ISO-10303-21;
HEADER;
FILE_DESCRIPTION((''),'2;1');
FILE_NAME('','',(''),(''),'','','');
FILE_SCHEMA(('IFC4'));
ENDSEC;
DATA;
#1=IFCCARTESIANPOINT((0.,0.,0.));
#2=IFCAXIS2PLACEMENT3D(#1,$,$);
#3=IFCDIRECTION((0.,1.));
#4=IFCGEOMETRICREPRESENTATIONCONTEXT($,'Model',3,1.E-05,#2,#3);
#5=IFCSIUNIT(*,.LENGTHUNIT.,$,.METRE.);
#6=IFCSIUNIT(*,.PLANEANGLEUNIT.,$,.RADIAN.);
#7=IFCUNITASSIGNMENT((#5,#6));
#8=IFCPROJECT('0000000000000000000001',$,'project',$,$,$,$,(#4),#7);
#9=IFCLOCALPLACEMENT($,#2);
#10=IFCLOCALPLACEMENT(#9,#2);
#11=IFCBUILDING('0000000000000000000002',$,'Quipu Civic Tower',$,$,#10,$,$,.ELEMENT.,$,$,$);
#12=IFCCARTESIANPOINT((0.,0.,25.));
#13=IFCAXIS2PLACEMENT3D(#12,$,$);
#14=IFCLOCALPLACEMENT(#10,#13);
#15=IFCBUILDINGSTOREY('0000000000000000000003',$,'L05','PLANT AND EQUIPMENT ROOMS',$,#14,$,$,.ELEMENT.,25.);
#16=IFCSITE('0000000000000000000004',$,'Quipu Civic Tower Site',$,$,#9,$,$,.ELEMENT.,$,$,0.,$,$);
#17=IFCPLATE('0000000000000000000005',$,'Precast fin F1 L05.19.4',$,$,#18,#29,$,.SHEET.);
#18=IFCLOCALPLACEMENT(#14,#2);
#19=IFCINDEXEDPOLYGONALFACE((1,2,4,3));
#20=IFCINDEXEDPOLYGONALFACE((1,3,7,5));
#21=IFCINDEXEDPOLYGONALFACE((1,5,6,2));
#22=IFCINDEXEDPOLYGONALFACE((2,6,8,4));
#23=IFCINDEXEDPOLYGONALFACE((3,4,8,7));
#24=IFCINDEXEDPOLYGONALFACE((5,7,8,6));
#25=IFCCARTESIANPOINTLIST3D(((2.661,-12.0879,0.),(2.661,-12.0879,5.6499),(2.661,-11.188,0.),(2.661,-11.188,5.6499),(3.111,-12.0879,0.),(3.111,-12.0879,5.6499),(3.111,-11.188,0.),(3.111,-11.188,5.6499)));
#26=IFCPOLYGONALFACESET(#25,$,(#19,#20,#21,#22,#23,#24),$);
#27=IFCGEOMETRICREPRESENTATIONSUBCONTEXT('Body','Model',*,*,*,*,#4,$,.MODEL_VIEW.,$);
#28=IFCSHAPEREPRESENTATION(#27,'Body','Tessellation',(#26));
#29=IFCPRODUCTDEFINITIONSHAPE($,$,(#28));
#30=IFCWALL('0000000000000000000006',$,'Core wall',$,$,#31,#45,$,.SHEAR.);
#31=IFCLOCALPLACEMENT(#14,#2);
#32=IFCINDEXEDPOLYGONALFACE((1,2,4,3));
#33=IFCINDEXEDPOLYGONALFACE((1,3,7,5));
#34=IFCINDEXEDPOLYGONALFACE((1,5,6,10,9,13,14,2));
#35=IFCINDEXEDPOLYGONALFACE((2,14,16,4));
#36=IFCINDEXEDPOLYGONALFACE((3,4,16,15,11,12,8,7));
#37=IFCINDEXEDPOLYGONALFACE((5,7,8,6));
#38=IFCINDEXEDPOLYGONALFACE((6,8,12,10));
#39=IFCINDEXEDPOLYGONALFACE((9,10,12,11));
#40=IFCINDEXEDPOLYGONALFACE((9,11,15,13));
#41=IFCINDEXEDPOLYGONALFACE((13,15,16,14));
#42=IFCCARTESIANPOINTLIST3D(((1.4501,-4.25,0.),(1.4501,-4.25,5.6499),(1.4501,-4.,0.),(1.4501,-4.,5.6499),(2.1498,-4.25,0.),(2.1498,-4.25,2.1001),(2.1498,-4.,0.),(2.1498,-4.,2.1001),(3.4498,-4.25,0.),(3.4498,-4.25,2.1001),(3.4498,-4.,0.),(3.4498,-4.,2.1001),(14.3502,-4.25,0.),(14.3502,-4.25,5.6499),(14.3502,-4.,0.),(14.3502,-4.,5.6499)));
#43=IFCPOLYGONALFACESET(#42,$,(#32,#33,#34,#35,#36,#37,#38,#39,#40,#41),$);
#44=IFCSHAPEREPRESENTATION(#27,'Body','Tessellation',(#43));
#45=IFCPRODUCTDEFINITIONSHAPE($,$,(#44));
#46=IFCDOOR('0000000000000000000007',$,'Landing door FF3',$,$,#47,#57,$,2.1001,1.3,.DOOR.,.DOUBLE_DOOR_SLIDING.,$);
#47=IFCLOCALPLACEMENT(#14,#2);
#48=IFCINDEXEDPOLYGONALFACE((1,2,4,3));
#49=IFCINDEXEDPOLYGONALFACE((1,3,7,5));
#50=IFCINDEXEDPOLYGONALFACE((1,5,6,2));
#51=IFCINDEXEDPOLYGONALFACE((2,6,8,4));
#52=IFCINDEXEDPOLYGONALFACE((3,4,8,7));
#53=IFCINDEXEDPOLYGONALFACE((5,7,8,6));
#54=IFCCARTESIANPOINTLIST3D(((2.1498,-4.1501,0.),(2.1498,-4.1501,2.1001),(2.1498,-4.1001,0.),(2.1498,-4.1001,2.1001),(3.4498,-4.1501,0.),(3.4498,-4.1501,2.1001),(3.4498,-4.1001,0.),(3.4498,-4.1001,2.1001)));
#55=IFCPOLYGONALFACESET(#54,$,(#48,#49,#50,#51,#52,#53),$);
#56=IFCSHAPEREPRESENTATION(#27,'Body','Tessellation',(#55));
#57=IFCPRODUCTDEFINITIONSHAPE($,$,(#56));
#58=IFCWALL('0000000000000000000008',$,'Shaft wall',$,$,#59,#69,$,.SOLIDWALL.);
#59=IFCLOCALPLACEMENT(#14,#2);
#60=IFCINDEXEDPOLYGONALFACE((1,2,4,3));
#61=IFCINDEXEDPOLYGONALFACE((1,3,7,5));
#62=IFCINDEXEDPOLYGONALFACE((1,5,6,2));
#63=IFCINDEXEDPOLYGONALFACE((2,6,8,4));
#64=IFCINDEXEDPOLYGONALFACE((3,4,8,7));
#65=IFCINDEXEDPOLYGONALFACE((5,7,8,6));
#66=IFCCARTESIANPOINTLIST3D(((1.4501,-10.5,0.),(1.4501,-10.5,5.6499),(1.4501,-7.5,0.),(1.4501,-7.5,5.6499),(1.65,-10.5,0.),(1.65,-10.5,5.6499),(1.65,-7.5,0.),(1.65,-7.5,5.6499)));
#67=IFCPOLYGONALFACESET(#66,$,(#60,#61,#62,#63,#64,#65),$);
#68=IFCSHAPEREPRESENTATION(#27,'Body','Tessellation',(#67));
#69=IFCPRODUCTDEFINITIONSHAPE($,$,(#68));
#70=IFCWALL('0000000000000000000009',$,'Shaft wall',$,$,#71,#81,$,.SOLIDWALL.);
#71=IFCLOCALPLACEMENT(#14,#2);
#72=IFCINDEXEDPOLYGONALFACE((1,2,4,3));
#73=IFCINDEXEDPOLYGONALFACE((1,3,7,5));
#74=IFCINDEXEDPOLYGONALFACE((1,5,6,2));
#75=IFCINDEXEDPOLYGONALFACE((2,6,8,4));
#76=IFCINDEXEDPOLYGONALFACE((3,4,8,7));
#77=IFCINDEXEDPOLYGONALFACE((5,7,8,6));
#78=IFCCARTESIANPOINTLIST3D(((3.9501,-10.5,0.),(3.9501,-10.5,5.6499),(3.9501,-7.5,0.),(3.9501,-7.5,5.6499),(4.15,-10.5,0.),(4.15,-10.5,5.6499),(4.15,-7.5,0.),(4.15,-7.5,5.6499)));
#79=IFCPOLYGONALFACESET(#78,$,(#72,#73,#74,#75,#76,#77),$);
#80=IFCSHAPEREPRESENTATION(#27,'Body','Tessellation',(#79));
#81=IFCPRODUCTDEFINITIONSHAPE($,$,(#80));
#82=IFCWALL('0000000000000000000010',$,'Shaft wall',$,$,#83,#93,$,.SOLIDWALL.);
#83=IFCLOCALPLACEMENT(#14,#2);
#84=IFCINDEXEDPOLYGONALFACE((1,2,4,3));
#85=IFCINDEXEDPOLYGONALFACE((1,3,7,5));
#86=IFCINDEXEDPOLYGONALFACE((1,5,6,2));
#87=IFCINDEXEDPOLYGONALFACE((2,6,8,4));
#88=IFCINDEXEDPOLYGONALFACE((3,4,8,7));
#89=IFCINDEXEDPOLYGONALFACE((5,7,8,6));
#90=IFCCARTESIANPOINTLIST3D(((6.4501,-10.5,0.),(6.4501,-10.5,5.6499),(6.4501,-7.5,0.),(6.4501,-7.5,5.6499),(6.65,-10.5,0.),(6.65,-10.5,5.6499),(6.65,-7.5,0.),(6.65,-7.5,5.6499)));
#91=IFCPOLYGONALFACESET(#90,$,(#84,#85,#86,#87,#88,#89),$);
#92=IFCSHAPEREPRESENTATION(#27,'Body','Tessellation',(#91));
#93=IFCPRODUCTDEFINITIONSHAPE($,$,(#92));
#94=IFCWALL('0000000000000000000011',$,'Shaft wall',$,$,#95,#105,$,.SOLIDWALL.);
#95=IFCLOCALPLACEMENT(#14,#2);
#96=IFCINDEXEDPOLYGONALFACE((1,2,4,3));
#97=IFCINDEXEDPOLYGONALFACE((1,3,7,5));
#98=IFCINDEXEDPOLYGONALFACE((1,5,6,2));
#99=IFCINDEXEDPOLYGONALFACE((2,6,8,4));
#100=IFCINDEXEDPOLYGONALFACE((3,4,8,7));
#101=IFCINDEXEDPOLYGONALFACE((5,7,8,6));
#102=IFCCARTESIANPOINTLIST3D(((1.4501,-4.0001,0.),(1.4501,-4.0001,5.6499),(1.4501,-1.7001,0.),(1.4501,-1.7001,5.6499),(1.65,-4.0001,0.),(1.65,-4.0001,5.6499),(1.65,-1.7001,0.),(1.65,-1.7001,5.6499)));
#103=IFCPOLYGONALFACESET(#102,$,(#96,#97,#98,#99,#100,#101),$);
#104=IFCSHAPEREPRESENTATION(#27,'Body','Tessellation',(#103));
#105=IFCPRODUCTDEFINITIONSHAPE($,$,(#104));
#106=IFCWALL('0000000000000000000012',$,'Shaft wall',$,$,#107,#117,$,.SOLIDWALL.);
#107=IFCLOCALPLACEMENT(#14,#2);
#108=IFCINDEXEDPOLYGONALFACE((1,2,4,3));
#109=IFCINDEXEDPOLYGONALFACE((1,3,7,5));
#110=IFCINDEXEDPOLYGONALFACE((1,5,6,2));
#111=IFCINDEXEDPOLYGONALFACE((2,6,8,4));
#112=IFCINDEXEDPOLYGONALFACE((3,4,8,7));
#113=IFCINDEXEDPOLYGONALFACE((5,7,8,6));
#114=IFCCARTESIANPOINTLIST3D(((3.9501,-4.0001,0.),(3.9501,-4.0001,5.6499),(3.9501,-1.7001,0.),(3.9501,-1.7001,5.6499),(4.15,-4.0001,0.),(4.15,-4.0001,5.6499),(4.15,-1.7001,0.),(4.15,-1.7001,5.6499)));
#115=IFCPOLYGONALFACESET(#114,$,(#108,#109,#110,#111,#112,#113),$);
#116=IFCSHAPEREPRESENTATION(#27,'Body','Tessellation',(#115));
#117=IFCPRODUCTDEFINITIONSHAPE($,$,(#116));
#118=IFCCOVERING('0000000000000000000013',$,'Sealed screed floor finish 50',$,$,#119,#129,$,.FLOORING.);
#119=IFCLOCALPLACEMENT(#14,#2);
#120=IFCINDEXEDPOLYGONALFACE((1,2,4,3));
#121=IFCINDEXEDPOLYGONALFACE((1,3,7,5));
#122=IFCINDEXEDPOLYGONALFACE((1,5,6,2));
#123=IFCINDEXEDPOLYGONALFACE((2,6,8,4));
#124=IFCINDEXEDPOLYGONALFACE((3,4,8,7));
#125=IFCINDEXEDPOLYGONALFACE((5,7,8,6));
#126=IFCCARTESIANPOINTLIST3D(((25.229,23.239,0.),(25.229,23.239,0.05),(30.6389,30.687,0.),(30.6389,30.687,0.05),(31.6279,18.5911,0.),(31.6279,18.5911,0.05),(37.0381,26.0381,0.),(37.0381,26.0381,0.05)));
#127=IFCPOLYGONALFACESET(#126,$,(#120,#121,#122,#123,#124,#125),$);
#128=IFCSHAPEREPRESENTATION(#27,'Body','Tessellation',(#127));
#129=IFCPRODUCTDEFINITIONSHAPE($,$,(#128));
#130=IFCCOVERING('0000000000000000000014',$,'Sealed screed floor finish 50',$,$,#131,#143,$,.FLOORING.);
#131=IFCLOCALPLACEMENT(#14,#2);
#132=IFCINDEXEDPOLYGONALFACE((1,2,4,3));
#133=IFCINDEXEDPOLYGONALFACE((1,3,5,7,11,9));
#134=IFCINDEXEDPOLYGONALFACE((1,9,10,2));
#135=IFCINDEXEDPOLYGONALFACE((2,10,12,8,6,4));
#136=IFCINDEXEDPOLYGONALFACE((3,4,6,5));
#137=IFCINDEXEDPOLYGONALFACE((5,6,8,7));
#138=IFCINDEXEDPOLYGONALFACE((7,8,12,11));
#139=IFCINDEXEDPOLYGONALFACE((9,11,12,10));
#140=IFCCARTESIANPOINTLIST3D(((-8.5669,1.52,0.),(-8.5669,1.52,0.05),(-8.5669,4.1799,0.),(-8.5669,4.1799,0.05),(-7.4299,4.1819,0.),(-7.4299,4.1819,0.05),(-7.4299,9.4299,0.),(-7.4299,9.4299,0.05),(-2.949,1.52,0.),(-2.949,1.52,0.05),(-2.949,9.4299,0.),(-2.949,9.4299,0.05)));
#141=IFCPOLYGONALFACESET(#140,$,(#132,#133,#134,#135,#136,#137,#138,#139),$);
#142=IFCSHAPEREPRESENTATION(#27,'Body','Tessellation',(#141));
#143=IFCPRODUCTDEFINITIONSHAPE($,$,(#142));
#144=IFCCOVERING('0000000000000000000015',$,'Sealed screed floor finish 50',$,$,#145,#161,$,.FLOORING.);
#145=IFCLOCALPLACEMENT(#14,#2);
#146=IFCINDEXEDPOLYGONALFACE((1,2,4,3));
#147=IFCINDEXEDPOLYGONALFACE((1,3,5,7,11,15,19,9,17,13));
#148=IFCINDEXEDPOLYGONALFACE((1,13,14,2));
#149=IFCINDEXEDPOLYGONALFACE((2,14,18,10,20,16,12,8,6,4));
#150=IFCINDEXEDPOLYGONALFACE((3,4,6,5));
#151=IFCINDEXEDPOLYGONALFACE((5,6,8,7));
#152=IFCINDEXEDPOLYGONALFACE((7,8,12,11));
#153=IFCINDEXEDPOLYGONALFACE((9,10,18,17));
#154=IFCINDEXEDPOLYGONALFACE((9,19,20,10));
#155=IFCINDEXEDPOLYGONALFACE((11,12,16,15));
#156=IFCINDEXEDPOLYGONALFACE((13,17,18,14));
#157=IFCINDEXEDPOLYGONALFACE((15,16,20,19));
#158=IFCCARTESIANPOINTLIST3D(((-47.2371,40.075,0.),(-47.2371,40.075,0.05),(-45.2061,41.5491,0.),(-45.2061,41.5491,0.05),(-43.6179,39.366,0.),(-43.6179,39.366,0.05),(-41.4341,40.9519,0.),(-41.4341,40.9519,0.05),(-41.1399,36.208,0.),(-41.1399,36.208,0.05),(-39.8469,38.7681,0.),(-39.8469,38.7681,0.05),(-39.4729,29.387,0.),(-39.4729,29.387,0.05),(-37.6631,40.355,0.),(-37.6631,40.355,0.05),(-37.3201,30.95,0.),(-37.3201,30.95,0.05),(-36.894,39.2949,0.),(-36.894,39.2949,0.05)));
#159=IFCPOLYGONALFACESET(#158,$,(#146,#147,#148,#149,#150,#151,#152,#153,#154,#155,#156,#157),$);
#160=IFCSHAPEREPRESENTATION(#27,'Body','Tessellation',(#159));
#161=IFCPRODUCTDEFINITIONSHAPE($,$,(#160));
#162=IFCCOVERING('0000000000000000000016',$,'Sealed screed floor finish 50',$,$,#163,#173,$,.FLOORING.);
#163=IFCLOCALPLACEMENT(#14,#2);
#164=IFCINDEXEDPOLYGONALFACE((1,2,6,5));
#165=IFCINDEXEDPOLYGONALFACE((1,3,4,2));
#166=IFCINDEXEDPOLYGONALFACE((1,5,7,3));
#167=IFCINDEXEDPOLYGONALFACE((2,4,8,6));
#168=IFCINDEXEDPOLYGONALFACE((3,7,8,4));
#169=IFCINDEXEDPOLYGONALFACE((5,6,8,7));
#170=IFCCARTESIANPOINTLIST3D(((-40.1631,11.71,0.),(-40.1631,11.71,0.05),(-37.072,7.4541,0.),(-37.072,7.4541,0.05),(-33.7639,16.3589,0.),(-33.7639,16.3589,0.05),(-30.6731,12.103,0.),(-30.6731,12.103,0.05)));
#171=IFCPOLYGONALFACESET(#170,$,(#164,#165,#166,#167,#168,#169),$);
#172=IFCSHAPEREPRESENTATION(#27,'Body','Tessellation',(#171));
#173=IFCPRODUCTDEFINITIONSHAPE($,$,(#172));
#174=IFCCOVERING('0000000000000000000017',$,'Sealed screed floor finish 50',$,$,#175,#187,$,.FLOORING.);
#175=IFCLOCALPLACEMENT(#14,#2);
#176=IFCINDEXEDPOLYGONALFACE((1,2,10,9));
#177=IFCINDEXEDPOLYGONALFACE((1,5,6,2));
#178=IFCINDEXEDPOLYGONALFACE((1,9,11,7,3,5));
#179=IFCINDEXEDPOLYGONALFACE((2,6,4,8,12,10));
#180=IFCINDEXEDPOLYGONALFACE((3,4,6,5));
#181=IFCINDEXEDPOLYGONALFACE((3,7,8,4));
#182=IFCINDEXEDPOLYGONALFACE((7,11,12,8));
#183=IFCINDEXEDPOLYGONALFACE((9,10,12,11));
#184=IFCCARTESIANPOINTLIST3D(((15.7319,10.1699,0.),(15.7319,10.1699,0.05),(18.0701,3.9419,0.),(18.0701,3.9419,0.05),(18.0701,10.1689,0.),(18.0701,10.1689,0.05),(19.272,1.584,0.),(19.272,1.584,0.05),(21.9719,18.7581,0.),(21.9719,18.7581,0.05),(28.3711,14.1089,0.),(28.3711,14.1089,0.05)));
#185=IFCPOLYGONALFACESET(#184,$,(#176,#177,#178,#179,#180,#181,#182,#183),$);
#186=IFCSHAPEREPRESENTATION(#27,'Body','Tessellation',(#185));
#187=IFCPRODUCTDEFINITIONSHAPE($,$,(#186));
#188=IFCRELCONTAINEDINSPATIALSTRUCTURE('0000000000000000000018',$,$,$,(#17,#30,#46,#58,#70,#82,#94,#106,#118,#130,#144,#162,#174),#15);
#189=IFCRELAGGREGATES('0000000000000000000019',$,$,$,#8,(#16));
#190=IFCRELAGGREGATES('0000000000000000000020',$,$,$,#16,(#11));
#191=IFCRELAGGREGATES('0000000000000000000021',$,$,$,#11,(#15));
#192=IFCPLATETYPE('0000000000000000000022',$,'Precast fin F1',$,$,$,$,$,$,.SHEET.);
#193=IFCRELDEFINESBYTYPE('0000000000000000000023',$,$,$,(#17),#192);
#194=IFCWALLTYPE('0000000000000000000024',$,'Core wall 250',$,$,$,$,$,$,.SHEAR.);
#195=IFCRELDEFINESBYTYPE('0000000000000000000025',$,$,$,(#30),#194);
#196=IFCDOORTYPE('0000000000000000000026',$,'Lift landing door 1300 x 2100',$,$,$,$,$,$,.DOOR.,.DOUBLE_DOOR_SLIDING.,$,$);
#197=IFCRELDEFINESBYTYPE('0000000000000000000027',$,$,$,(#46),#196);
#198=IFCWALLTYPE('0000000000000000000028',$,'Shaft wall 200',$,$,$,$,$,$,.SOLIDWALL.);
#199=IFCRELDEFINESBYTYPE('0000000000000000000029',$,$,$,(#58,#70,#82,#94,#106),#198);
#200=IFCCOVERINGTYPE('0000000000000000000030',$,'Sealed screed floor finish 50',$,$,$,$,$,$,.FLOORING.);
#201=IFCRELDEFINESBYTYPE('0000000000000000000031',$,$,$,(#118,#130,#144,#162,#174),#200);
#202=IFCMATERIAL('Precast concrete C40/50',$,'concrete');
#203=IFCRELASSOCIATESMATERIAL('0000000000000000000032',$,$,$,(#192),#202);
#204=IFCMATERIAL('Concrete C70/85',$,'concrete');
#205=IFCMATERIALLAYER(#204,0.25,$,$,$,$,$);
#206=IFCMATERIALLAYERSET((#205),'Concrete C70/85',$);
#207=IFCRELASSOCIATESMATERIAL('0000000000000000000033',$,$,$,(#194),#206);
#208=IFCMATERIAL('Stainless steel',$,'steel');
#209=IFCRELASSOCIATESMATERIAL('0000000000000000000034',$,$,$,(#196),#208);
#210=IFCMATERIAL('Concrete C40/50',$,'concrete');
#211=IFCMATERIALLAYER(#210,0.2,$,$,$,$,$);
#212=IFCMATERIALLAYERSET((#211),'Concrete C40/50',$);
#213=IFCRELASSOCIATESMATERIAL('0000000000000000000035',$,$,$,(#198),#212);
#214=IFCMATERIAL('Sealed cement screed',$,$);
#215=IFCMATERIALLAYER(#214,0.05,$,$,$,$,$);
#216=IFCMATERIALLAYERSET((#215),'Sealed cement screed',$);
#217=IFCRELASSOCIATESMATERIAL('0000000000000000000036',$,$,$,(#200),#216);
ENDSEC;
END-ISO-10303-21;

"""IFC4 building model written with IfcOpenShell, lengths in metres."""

from ifc_helpers import new_model, si_unit, direction, frame, frame_2d, origin, origin_2d, place, context, subcontext, project, spatial, polyline, rectangle, outline, extrude, material, layer, layer_set, type_object, element, fill, save


model = new_model("IFC4")

# Units and contexts
model_context = context("Model", 3, precision=1e-05, world=origin(), true_north=direction((0.0, 1.0)))
body_context = subcontext(model_context, "Body", "Model", "MODEL_VIEW")
ifc_project = project(units=[si_unit("LENGTHUNIT", "METRE"), si_unit("PLANEANGLEUNIT", "RADIAN")], contexts=[model_context])

# Site, building, storey
site_placement = place(None, origin())
site = spatial("IfcSite", under=ifc_project, at=site_placement, Name="Quipu Civic Tower Site", CompositionType="ELEMENT", RefElevation=0.0)
building_placement = place(site_placement, origin())
building = spatial("IfcBuilding", under=site, at=building_placement, Name="Quipu Civic Tower", CompositionType="ELEMENT")
storey_placement = place(building_placement, frame((0.0, 0.0, 25.0)))
storey = spatial("IfcBuildingStorey", under=building, at=storey_placement, Name="L05", Description="PLANT AND EQUIPMENT ROOMS", CompositionType="ELEMENT", Elevation=25.0)

# Plate
ifc_material_1 = material(Name="Precast concrete C40/50", Category="concrete")
plate_type = type_object("IfcPlateType", Name="Precast fin F1", PredefinedType="SHEET", material=ifc_material_1)
plate_placement = place(storey_placement, frame((2.886, -11.6379, 0.0), z_axis=(0.0, 0.0, 1.0), x_axis=(1.0, 0.0, 0.0)))
element("IfcPlate", 1, at=plate_placement, inside=storey, type_object=plate_type, Name="Precast fin F1 L05.19.4", PredefinedType="SHEET", context=body_context, shape_type="SweptSolid", body=[
    extrude(rectangle(XDim=0.45, YDim=0.8999, at=origin_2d()), origin(), (0.0, 0.0, 1.0), 5.6499),
])

# Wall, opening, door
ifc_material_2 = material(Name="Concrete C70/85", Category="concrete")
ifc_layer_1 = layer(ifc_material_2, 0.25)
ifc_layer_set_1 = layer_set([ifc_layer_1], Name="Concrete C70/85")
wall_type_1 = type_object("IfcWallType", Name="Core wall 250", PredefinedType="SHEAR", material=ifc_layer_set_1)
wall_placement = place(storey_placement, frame((1.45, -4.125, 0.0), z_axis=(0.0, 0.0, 1.0), x_axis=(1.0, 0.0, 0.0)))
wall = element("IfcWall", 2, at=wall_placement, inside=storey, type_object=wall_type_1, Name="Core wall", PredefinedType="SHEAR", context=body_context, shape_type="SweptSolid", body=[
    extrude(rectangle(XDim=12.9001, YDim=0.25, at=frame_2d((6.4502, 0.0))), origin(), (0.0, 0.0, 1.0), 5.6499),
])
opening_placement = place(wall_placement, frame((0.7, 0.0, 0.0)))
opening = element("IfcOpeningElement", 3, at=opening_placement, cuts=wall, PredefinedType="OPENING", context=body_context, shape_type="SweptSolid", body=[
    extrude(rectangle(XDim=1.3, YDim=2.1001, at=frame_2d((0.6499, 1.05))), frame((0.0, 0.135, 0.0), z_axis=(0.0, -1.0, 0.0), x_axis=(1.0, 0.0, 0.0)), (0.0, 0.0, 1.0), 0.27),
])
ifc_material_3 = material(Name="Stainless steel", Category="steel")
door_type = type_object("IfcDoorType", Name="Lift landing door 1300 x 2100", OperationType="DOUBLE_DOOR_SLIDING", PredefinedType="DOOR", material=ifc_material_3)
door_placement = place(opening_placement, origin())
door = element("IfcDoor", 4, at=door_placement, inside=storey, type_object=door_type, Name="Landing door FF3", OperationType="DOUBLE_DOOR_SLIDING", OverallHeight=2.1001, OverallWidth=1.3, PredefinedType="DOOR", context=body_context, shape_type="SweptSolid", body=[
    extrude(rectangle(XDim=1.3, YDim=2.1001, at=frame_2d((0.6499, 1.05))), frame((0.0, 0.0249, 0.0), z_axis=(0.0, -1.0, 0.0), x_axis=(1.0, 0.0, 0.0)), (0.0, 0.0, 1.0), 0.05),
])
fill(opening, door)

# Walls
ifc_material_4 = material(Name="Concrete C40/50", Category="concrete")
ifc_layer_2 = layer(ifc_material_4, 0.2)
ifc_layer_set_2 = layer_set([ifc_layer_2], Name="Concrete C40/50")
wall_type_2 = type_object("IfcWallType", Name="Shaft wall 200", PredefinedType="SOLIDWALL", material=ifc_layer_set_2)
for number, where, z_axis, x_axis, name in (
    (5, (1.55, -10.5, 0.0), (0.0, 0.0, 1.0), (0.0, 1.0, 0.0), "Shaft wall"),
    (6, (4.05, -10.5, 0.0), (0.0, 0.0, 1.0), (0.0, 1.0, 0.0), "Shaft wall"),
    (7, (6.55, -10.5, 0.0), (0.0, 0.0, 1.0), (0.0, 1.0, 0.0), "Shaft wall"),
):
    element("IfcWall", number, at=place(storey_placement, frame(where, z_axis=z_axis, x_axis=x_axis)), inside=storey, type_object=wall_type_2, Name=name, PredefinedType="SOLIDWALL", context=body_context, shape_type="SweptSolid", body=[
        extrude(rectangle(XDim=3.0, YDim=0.2, at=frame_2d((1.5, 0.0))), origin(), (0.0, 0.0, 1.0), 5.6499),
    ])
for number, where, z_axis, x_axis, name in (
    (8, (1.55, -4.0, 0.0), (0.0, 0.0, 1.0), (0.0, 1.0, 0.0), "Shaft wall"),
    (9, (4.05, -4.0, 0.0), (0.0, 0.0, 1.0), (0.0, 1.0, 0.0), "Shaft wall"),
):
    element("IfcWall", number, at=place(storey_placement, frame(where, z_axis=z_axis, x_axis=x_axis)), inside=storey, type_object=wall_type_2, Name=name, PredefinedType="SOLIDWALL", context=body_context, shape_type="SweptSolid", body=[
        extrude(rectangle(XDim=2.3, YDim=0.2, at=frame_2d((1.1499, 0.0))), origin(), (0.0, 0.0, 1.0), 5.6499),
    ])

# Coverings
ifc_material_5 = material(Name="Sealed cement screed")
ifc_layer_3 = layer(ifc_material_5, 0.05)
ifc_layer_set_3 = layer_set([ifc_layer_3], Name="Sealed cement screed")
covering_type = type_object("IfcCoveringType", Name="Sealed screed floor finish 50", PredefinedType="FLOORING", material=ifc_layer_set_3)
covering_1_placement = place(storey_placement, origin())
element("IfcCovering", 10, at=covering_1_placement, inside=storey, type_object=covering_type, Name="Sealed screed floor finish 50", PredefinedType="FLOORING", context=body_context, shape_type="SweptSolid", body=[
    extrude(outline(polyline([(25.229, 23.239), (30.6389, 30.687), (37.0381, 26.0381), (31.6279, 18.5911), (25.229, 23.239)])), origin(), (0.0, 0.0, 1.0), 0.05),
])
covering_2_placement = place(storey_placement, origin())
element("IfcCovering", 11, at=covering_2_placement, inside=storey, type_object=covering_type, Name="Sealed screed floor finish 50", PredefinedType="FLOORING", context=body_context, shape_type="SweptSolid", body=[
    extrude(outline(polyline([(-8.5669, 1.52), (-8.5669, 4.1799), (-7.4299, 4.1819), (-7.4299, 9.4299), (-2.949, 9.4299), (-2.949, 1.52), (-8.5669, 1.52)])), origin(), (0.0, 0.0, 1.0), 0.05),
])
covering_3_placement = place(storey_placement, origin())
element("IfcCovering", 12, at=covering_3_placement, inside=storey, type_object=covering_type, Name="Sealed screed floor finish 50", PredefinedType="FLOORING", context=body_context, shape_type="SweptSolid", body=[
    extrude(outline(polyline([(-47.2371, 40.075), (-45.2061, 41.5491), (-43.6179, 39.366), (-41.4341, 40.9519), (-39.8469, 38.7681), (-37.6631, 40.355), (-36.894, 39.2949), (-41.1399, 36.208), (-37.3201, 30.95), (-39.4729, 29.387), (-47.2371, 40.075)])), origin(), (0.0, 0.0, 1.0), 0.05),
])
covering_4_placement = place(storey_placement, origin())
element("IfcCovering", 13, at=covering_4_placement, inside=storey, type_object=covering_type, Name="Sealed screed floor finish 50", PredefinedType="FLOORING", context=body_context, shape_type="SweptSolid", body=[
    extrude(outline(polyline([(-40.1631, 11.71), (-33.7639, 16.3589), (-30.6731, 12.103), (-37.072, 7.4541), (-40.1631, 11.71)])), origin(), (0.0, 0.0, 1.0), 0.05),
])
covering_5_placement = place(storey_placement, origin())
element("IfcCovering", 14, at=covering_5_placement, inside=storey, type_object=covering_type, Name="Sealed screed floor finish 50", PredefinedType="FLOORING", context=body_context, shape_type="SweptSolid", body=[
    extrude(outline(polyline([(15.7319, 10.1699), (21.9719, 18.7581), (28.3711, 14.1089), (19.272, 1.584), (18.0701, 3.9419), (18.0701, 10.1689), (15.7319, 10.1699)])), origin(), (0.0, 0.0, 1.0), 0.05),
])

save(model, "model.ifc")
